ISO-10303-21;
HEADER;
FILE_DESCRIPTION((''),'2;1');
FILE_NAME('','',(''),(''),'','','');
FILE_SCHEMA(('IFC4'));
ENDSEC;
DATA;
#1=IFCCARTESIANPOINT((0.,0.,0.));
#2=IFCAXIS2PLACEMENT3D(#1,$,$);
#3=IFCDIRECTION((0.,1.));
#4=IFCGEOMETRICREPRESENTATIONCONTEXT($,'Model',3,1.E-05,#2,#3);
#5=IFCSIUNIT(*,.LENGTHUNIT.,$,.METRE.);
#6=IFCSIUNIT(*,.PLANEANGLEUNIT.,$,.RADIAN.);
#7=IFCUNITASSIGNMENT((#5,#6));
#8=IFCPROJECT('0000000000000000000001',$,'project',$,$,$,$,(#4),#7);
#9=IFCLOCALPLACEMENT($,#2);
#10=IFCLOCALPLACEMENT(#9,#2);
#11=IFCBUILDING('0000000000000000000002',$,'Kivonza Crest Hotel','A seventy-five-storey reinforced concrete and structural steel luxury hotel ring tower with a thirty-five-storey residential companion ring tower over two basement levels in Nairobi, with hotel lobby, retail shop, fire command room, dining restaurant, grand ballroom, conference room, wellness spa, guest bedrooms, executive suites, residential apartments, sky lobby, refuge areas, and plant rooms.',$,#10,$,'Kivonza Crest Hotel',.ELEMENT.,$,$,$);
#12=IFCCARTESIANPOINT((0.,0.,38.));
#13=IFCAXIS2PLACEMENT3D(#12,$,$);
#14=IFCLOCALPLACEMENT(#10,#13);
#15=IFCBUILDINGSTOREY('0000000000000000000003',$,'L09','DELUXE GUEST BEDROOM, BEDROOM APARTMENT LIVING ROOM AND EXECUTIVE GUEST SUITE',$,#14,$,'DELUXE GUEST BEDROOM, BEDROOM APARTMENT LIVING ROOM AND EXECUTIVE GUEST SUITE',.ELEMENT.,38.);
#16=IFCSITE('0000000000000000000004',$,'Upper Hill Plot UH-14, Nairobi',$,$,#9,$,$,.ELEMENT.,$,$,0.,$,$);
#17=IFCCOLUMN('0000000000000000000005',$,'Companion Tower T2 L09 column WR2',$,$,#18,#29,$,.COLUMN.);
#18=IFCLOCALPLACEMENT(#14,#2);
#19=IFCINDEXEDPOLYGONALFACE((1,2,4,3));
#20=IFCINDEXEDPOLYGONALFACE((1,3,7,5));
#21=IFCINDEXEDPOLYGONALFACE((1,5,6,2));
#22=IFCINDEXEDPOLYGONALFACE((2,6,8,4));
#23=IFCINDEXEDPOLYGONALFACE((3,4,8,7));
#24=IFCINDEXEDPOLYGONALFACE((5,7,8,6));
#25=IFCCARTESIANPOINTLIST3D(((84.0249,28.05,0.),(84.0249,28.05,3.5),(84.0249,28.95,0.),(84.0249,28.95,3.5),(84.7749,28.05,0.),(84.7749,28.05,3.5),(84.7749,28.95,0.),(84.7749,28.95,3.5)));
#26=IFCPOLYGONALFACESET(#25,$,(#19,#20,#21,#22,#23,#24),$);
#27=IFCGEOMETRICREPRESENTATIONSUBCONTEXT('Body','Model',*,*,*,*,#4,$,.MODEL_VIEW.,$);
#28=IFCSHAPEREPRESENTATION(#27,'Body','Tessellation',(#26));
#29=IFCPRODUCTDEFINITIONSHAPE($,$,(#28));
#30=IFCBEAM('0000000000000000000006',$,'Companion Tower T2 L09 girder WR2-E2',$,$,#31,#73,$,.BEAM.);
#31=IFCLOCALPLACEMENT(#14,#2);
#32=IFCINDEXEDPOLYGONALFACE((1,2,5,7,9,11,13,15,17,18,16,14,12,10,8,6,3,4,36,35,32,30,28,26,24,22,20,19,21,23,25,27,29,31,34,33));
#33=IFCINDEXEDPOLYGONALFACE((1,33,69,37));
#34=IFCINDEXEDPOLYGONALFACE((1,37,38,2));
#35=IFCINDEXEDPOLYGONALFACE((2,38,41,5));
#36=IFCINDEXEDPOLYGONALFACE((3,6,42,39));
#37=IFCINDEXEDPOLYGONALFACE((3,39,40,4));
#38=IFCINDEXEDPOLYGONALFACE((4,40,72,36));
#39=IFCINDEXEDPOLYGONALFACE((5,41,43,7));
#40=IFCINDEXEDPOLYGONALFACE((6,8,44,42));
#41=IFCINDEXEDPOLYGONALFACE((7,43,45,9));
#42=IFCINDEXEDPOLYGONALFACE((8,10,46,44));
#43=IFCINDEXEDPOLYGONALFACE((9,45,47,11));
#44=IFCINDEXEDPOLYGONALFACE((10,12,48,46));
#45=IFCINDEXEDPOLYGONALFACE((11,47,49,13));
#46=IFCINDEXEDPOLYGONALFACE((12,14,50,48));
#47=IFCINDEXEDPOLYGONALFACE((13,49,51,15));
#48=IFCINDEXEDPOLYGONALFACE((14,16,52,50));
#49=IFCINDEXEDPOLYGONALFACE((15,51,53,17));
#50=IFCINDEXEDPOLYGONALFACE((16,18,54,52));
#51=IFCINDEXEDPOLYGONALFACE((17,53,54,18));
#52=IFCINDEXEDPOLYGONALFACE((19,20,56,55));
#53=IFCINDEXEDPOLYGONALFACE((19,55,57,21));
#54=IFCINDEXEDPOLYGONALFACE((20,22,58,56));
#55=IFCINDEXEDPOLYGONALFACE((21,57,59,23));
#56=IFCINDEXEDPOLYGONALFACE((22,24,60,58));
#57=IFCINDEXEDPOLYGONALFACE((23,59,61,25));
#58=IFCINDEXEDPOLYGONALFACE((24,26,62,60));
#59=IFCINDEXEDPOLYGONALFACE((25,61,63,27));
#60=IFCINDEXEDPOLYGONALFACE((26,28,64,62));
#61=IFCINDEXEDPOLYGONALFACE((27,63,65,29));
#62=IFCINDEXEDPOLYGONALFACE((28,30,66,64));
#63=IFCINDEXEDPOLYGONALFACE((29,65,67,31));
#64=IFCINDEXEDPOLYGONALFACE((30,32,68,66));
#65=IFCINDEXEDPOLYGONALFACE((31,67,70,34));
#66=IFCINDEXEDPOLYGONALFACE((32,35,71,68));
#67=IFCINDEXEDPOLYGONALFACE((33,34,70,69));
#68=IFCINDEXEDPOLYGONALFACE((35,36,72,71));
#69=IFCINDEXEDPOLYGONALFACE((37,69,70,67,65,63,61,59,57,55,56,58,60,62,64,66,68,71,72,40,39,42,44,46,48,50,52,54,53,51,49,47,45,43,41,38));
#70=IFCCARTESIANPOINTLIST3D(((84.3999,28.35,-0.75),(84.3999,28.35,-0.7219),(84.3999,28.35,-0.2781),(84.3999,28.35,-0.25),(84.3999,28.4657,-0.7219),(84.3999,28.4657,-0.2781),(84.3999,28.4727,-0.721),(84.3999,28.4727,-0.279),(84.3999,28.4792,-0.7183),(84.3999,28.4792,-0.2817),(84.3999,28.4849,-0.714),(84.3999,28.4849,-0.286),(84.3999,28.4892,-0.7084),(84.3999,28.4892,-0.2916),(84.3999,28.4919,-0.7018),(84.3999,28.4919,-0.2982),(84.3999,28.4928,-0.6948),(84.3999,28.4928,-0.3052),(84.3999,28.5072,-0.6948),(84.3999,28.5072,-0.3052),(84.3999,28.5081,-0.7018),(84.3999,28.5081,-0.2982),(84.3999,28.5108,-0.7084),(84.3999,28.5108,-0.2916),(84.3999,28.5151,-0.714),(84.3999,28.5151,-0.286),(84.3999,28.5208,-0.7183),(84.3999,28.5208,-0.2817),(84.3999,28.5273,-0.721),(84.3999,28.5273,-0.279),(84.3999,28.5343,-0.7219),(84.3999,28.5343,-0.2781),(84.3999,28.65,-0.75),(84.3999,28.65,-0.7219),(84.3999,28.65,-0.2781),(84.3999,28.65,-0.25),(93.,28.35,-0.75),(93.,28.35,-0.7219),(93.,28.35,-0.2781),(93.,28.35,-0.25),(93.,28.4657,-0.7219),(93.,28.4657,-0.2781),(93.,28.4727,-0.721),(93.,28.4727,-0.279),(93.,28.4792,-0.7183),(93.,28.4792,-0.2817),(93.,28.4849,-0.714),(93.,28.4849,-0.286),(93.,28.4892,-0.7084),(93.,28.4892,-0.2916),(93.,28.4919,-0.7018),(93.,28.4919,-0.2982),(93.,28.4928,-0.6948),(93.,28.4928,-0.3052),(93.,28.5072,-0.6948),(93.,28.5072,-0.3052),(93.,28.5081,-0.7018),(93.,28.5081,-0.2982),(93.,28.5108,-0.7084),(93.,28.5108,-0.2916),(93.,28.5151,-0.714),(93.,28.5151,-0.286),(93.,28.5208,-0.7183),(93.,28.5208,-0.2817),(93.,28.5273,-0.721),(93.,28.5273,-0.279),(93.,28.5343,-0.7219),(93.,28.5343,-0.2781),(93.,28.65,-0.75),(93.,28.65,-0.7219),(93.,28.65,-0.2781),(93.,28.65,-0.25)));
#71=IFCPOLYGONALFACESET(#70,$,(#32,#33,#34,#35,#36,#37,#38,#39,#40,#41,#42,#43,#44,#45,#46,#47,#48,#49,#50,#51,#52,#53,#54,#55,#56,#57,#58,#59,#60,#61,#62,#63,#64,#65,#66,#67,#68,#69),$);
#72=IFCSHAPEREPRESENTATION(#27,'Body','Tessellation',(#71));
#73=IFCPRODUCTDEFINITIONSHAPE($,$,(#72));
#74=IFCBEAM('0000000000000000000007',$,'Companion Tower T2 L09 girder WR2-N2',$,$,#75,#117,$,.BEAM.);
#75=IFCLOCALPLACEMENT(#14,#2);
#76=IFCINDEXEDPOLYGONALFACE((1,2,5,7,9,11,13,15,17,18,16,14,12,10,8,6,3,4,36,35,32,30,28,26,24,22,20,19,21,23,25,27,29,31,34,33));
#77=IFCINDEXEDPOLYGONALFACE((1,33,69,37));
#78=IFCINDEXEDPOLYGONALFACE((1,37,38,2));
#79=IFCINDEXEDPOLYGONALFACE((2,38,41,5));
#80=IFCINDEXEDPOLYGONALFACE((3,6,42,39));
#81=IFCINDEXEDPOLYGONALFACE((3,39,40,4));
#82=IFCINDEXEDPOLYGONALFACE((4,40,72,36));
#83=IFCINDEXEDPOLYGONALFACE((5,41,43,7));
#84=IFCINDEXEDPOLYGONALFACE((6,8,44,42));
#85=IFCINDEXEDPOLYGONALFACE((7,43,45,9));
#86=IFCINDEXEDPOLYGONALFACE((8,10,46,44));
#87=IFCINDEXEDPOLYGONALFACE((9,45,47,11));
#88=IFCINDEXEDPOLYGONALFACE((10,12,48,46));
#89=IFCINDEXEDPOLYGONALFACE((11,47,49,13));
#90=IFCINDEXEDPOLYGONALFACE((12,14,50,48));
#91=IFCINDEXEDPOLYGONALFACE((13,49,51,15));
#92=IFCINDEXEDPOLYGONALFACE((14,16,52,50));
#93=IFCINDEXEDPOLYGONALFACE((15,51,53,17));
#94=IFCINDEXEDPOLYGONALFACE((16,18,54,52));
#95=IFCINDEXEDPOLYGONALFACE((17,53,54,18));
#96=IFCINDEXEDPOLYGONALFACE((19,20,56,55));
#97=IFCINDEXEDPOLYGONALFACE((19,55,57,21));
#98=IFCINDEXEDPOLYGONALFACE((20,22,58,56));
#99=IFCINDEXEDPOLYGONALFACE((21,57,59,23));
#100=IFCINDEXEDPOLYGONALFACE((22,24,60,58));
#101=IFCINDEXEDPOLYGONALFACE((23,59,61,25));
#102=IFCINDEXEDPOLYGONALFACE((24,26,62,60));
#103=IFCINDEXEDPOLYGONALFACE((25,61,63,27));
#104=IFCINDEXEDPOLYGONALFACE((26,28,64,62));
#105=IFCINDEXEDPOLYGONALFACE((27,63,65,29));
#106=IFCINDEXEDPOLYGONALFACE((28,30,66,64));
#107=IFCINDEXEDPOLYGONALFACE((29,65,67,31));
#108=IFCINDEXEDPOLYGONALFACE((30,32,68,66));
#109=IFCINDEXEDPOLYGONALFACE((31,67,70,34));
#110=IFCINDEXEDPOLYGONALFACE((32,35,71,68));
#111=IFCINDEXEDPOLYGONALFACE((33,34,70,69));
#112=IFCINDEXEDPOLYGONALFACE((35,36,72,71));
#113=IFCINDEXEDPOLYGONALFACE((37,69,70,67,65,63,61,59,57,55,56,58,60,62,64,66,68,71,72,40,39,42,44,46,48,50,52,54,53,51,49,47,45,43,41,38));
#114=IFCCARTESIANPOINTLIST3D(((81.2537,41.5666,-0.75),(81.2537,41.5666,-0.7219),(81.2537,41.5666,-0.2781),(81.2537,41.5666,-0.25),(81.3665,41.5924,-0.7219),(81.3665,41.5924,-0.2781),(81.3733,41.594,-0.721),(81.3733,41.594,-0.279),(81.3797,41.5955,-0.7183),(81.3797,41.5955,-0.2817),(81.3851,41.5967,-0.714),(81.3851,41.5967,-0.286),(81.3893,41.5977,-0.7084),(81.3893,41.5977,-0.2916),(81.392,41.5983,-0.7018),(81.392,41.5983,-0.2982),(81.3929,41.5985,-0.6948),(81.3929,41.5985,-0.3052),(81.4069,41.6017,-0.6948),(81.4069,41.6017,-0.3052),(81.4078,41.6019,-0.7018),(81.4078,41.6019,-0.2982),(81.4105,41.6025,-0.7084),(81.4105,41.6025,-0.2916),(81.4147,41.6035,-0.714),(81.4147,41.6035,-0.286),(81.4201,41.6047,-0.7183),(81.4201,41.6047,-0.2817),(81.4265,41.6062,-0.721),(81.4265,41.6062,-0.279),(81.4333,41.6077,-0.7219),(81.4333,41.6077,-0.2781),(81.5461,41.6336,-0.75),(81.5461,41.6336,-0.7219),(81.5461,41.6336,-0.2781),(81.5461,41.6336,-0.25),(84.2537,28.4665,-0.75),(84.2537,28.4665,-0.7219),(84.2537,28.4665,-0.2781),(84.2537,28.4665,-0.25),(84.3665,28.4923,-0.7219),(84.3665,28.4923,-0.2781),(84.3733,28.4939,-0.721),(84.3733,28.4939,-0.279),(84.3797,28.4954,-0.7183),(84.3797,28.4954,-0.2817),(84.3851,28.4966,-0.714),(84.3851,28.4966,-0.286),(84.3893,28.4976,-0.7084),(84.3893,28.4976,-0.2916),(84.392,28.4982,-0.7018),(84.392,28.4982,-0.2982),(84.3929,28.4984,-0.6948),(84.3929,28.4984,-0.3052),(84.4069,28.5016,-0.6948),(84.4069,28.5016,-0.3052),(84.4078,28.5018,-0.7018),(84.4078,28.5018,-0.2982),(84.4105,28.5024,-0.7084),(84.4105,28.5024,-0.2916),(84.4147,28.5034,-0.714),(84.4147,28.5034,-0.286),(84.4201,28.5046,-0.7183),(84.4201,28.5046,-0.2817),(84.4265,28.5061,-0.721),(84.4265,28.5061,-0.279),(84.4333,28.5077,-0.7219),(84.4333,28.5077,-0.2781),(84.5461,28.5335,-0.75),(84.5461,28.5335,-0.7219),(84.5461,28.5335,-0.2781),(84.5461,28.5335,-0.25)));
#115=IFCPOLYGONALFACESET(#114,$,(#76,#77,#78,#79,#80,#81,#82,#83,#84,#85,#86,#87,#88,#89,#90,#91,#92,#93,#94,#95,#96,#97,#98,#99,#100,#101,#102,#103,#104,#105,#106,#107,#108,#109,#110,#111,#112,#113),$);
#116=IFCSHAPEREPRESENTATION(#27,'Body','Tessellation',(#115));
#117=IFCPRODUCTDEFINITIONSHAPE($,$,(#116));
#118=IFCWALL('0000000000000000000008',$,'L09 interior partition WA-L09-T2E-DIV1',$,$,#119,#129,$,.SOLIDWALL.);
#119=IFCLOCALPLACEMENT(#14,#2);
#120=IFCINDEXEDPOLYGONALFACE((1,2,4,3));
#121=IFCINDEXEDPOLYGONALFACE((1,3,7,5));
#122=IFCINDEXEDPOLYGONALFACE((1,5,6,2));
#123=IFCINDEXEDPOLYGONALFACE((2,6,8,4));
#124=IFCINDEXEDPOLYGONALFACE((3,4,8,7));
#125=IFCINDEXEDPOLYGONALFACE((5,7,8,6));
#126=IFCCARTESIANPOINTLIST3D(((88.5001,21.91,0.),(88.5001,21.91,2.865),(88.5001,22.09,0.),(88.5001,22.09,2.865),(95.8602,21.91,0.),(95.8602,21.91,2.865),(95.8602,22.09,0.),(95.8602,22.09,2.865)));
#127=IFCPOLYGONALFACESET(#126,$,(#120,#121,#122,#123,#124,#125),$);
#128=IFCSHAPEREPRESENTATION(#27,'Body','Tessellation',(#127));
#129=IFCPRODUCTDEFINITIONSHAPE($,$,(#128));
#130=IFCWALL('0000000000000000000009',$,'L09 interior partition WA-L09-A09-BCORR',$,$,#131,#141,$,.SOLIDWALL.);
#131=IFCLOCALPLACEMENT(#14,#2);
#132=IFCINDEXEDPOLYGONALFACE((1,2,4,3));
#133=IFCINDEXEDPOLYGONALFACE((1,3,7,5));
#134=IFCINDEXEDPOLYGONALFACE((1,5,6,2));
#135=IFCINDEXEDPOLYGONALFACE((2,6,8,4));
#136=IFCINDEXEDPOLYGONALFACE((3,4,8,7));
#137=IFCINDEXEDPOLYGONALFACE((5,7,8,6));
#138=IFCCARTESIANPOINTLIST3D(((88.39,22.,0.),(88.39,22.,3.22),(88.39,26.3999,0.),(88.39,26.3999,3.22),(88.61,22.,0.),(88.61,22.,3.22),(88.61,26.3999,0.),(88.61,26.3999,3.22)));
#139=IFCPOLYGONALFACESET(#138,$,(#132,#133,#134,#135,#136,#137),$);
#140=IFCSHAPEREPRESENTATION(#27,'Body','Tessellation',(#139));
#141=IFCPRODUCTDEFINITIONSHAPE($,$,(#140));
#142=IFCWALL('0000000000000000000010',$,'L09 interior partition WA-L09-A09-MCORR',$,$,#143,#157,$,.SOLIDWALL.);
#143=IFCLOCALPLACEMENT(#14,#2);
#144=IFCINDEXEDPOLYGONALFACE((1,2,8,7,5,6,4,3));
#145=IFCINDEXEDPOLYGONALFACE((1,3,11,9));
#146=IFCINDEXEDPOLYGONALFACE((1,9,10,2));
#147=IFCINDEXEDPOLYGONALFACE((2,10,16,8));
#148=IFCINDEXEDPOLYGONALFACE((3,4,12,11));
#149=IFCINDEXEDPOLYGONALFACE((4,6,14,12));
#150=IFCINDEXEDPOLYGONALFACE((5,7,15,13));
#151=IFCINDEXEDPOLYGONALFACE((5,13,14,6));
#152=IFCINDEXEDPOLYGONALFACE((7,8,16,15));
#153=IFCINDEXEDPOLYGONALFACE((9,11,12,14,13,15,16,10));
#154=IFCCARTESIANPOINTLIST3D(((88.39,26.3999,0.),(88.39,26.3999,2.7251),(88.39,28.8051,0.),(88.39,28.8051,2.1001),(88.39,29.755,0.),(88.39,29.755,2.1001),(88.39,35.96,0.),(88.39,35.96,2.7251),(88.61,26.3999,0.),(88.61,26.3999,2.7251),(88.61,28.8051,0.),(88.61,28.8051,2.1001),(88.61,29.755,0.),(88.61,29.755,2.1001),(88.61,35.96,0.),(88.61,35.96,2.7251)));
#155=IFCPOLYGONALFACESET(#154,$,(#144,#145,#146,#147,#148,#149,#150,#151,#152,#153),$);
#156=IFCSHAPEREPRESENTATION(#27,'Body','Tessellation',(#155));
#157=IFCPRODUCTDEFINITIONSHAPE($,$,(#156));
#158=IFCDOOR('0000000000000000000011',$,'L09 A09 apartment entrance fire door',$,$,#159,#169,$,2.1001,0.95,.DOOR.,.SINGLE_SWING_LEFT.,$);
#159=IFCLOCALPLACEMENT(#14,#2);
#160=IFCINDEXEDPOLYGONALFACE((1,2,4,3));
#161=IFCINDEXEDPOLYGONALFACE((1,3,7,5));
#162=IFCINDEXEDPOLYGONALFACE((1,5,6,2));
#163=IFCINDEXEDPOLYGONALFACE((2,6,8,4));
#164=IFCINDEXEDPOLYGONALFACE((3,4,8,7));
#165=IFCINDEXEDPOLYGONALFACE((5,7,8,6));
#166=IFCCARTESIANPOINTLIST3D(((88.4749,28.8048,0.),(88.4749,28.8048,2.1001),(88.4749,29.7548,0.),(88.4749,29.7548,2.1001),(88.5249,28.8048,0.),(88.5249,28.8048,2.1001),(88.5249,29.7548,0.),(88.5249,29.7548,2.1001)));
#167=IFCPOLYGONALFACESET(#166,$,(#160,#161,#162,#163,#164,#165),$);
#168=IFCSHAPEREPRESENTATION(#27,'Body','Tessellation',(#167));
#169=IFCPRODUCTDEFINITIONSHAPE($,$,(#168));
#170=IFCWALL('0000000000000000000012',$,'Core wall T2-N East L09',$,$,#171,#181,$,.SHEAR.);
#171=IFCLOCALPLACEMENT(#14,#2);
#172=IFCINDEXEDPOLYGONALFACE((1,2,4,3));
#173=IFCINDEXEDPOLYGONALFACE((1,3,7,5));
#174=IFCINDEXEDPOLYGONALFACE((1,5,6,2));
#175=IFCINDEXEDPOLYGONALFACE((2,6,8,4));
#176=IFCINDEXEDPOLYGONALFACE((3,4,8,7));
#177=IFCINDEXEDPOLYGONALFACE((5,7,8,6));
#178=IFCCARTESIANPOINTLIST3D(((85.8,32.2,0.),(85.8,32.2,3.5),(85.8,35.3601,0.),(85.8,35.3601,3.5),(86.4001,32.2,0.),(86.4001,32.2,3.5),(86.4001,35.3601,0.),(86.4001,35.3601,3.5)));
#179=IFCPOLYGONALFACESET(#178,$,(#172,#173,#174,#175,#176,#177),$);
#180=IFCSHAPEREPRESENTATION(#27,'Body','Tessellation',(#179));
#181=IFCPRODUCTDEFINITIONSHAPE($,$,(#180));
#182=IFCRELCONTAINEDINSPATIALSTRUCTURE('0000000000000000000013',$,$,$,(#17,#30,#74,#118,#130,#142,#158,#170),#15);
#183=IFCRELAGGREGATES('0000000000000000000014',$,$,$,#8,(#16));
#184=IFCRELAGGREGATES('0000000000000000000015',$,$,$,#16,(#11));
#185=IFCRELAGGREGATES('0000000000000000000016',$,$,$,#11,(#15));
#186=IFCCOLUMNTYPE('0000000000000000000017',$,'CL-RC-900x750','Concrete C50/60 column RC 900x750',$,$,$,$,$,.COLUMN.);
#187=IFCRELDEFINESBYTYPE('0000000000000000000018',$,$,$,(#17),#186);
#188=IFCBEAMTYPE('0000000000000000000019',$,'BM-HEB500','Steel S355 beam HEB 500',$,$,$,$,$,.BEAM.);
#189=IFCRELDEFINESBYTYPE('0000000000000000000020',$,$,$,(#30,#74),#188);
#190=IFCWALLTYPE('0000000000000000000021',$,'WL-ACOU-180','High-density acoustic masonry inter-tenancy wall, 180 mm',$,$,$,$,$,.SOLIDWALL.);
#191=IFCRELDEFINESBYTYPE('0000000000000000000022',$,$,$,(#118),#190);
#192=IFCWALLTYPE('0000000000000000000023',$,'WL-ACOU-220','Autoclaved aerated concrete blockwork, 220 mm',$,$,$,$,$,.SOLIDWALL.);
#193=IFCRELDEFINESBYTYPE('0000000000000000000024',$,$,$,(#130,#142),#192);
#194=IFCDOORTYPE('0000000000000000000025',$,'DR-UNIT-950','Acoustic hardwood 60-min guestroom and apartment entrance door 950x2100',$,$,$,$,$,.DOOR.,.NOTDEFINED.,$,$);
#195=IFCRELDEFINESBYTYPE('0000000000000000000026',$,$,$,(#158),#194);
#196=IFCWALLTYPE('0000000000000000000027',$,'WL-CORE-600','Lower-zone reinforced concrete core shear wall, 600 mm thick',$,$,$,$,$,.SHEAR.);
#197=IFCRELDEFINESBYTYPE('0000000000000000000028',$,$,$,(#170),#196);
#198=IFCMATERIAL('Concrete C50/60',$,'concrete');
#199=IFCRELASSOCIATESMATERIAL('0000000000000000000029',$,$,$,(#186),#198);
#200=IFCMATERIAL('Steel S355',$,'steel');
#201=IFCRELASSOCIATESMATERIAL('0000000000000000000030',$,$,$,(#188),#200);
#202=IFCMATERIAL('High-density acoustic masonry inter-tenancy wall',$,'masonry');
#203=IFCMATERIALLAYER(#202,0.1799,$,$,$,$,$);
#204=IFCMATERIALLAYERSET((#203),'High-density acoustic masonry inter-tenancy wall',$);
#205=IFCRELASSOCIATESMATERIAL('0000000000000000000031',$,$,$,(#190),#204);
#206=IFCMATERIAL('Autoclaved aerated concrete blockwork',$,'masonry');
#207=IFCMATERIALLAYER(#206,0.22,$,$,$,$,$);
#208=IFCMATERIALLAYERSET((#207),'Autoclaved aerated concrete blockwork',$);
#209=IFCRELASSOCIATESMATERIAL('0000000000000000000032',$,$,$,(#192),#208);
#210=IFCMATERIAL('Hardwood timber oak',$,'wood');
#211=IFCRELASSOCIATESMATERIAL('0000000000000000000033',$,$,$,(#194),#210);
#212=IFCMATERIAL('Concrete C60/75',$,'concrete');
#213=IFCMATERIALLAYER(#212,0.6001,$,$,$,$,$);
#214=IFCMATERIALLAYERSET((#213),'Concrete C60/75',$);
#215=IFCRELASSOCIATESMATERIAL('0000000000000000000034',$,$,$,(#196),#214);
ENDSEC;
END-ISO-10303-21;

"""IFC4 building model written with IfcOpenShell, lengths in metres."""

from ifc_helpers import new_model, si_unit, direction, frame, frame_2d, origin, origin_2d, place, context, subcontext, project, spatial, rectangle, i_section, extrude, material, layer, layer_set, material_profile, profile_set, type_object, element, fill, save


model = new_model("IFC4")

# Units and contexts
model_context = context("Model", 3, precision=1e-05, world=origin(), true_north=direction((0.0, 1.0)))
body_context = subcontext(model_context, "Body", "Model", "MODEL_VIEW")
ifc_project = project(units=[si_unit("LENGTHUNIT", "METRE"), si_unit("PLANEANGLEUNIT", "RADIAN")], contexts=[model_context])

# Site, building, storey
site_placement = place(None, origin())
site = spatial("IfcSite", under=ifc_project, at=site_placement, Name="Upper Hill Plot UH-14, Nairobi", CompositionType="ELEMENT", RefElevation=0.0)
building_placement = place(site_placement, origin())
building = spatial("IfcBuilding", under=site, at=building_placement, Name="Kivonza Crest Hotel", Description="A seventy-five-storey reinforced concrete and structural steel luxury hotel ring tower with a thirty-five-storey residential companion ring tower over two basement levels in Nairobi, with hotel lobby, retail shop, fire command room, dining restaurant, grand ballroom, conference room, wellness spa, guest bedrooms, executive suites, residential apartments, sky lobby, refuge areas, and plant rooms.", LongName="Kivonza Crest Hotel", CompositionType="ELEMENT")
storey_placement = place(building_placement, frame((0.0, 0.0, 38.0)))
storey = spatial("IfcBuildingStorey", under=building, at=storey_placement, Name="L09", Description="DELUXE GUEST BEDROOM, BEDROOM APARTMENT LIVING ROOM AND EXECUTIVE GUEST SUITE", LongName="DELUXE GUEST BEDROOM, BEDROOM APARTMENT LIVING ROOM AND EXECUTIVE GUEST SUITE", CompositionType="ELEMENT", Elevation=38.0)

# Column
ifc_material_1 = material(Name="Concrete C50/60", Category="concrete")
ifc_material_profile_1 = material_profile(ifc_material_1, rectangle(XDim=0.75, YDim=0.8999, at=origin_2d()), Name="RC 900x750")
ifc_profile_set_1 = profile_set([ifc_material_profile_1], Name="Concrete C50/60")
column_type = type_object("IfcColumnType", Name="CL-RC-900x750", Description="Concrete C50/60 column RC 900x750", PredefinedType="COLUMN", material=ifc_profile_set_1)
column_placement = place(storey_placement, frame((84.3999, 28.5, 0.0), z_axis=(0.0, 0.0, 1.0), x_axis=(1.0, 0.0, 0.0)))
element("IfcColumn", 1, at=column_placement, inside=storey, type_object=column_type, Name="Companion Tower T2 L09 column WR2", PredefinedType="COLUMN", context=body_context, shape_type="SweptSolid", body=[
    extrude(rectangle(XDim=0.75, YDim=0.8999, at=origin_2d()), origin(), (0.0, 0.0, 1.0), 3.5),
])

# Beams
ifc_material_2 = material(Name="Steel S355", Category="steel")
ifc_material_profile_2 = material_profile(ifc_material_2, i_section(OverallWidth=0.3, OverallDepth=0.5, WebThickness=0.0144, FlangeThickness=0.0281, FilletRadius=0.0271, at=origin_2d()), Name="HEB 500")
ifc_profile_set_2 = profile_set([ifc_material_profile_2], Name="Steel S355")
beam_type = type_object("IfcBeamType", Name="BM-HEB500", Description="Steel S355 beam HEB 500", PredefinedType="BEAM", material=ifc_profile_set_2)
beam_1_placement = place(storey_placement, frame((84.3999, 28.5, -0.5), z_axis=(1.0, 0.0, 0.0), x_axis=(0.0, 1.0, 0.0)))
element("IfcBeam", 2, at=beam_1_placement, inside=storey, type_object=beam_type, Name="Companion Tower T2 L09 girder WR2-E2", PredefinedType="BEAM", context=body_context, shape_type="SweptSolid", body=[
    extrude(i_section(OverallWidth=0.3, OverallDepth=0.5, WebThickness=0.0144, FlangeThickness=0.0281, FilletRadius=0.0271, at=origin_2d()), origin(), (0.0, 0.0, 1.0), 8.6001),
])
beam_2_placement = place(storey_placement, frame((84.3999, 28.5, -0.5), z_axis=(-0.223227, 0.974766, 0.0), x_axis=(-0.974766, -0.223227, 0.0)))
element("IfcBeam", 3, at=beam_2_placement, inside=storey, type_object=beam_type, Name="Companion Tower T2 L09 girder WR2-N2", PredefinedType="BEAM", context=body_context, shape_type="SweptSolid", body=[
    extrude(i_section(OverallWidth=0.3, OverallDepth=0.5, WebThickness=0.0144, FlangeThickness=0.0281, FilletRadius=0.0271, at=origin_2d()), origin(), (0.0, 0.0, 1.0), 13.4392),
])

# Walls
ifc_material_3 = material(Name="High-density acoustic masonry inter-tenancy wall", Category="masonry")
ifc_layer_1 = layer(ifc_material_3, 0.1799)
ifc_layer_set_1 = layer_set([ifc_layer_1], Name="High-density acoustic masonry inter-tenancy wall")
wall_type_1 = type_object("IfcWallType", Name="WL-ACOU-180", Description="High-density acoustic masonry inter-tenancy wall, 180 mm", PredefinedType="SOLIDWALL", material=ifc_layer_set_1)
wall_1_placement = place(storey_placement, frame((88.5, 22.0, 0.0), z_axis=(0.0, 0.0, 1.0), x_axis=(1.0, 0.0, 0.0)))
element("IfcWall", 4, at=wall_1_placement, inside=storey, type_object=wall_type_1, Name="L09 interior partition WA-L09-T2E-DIV1", PredefinedType="SOLIDWALL", context=body_context, shape_type="SweptSolid", body=[
    extrude(rectangle(XDim=7.3601, YDim=0.1799, at=frame_2d((3.6802, 0.0))), origin(), (0.0, 0.0, 1.0), 2.865),
])
ifc_material_4 = material(Name="Autoclaved aerated concrete blockwork", Category="masonry")
ifc_layer_2 = layer(ifc_material_4, 0.22)
ifc_layer_set_2 = layer_set([ifc_layer_2], Name="Autoclaved aerated concrete blockwork")
wall_type_2 = type_object("IfcWallType", Name="WL-ACOU-220", Description="Autoclaved aerated concrete blockwork, 220 mm", PredefinedType="SOLIDWALL", material=ifc_layer_set_2)
wall_2_placement = place(storey_placement, frame((88.5, 22.0, 0.0), z_axis=(0.0, 0.0, 1.0), x_axis=(0.0, 1.0, 0.0)))
element("IfcWall", 5, at=wall_2_placement, inside=storey, type_object=wall_type_2, Name="L09 interior partition WA-L09-A09-BCORR", PredefinedType="SOLIDWALL", context=body_context, shape_type="SweptSolid", body=[
    extrude(rectangle(XDim=4.3999, YDim=0.22, at=frame_2d((2.2, 0.0))), origin(), (0.0, 0.0, 1.0), 3.22),
])

# Wall, opening, door
wall_3_placement = place(storey_placement, frame((88.5, 26.3999, 0.0), z_axis=(0.0, 0.0, 1.0), x_axis=(0.0, 1.0, 0.0)))
wall_3 = element("IfcWall", 6, at=wall_3_placement, inside=storey, type_object=wall_type_2, Name="L09 interior partition WA-L09-A09-MCORR", PredefinedType="SOLIDWALL", context=body_context, shape_type="SweptSolid", body=[
    extrude(rectangle(XDim=9.5601, YDim=0.22, at=frame_2d((4.78, 0.0))), origin(), (0.0, 0.0, 1.0), 2.7251),
])
opening_1_placement = place(wall_3_placement, frame((2.405, 0.0, 0.0)))
opening_1 = element("IfcOpeningElement", 7, at=opening_1_placement, cuts=wall_3, PredefinedType="OPENING", context=body_context, shape_type="SweptSolid", body=[
    extrude(rectangle(XDim=0.95, YDim=2.1001, at=frame_2d((0.4751, 1.05))), frame((0.0, 0.1201, 0.0), z_axis=(0.0, -1.0, 0.0), x_axis=(1.0, 0.0, 0.0)), (0.0, 0.0, 1.0), 0.24),
])
ifc_material_5 = material(Name="Hardwood timber oak", Category="wood")
door_type_1 = type_object("IfcDoorType", Name="DR-UNIT-950", Description="Acoustic hardwood 60-min guestroom and apartment entrance door 950x2100", OperationType="NOTDEFINED", PredefinedType="DOOR", material=ifc_material_5)
door_1_placement = place(opening_1_placement, frame((0.95, 0.0, 0.0), z_axis=(0.0, 0.0, 1.0), x_axis=(-1.0, 0.0, 0.0)))
door_1 = element("IfcDoor", 8, at=door_1_placement, inside=storey, type_object=door_type_1, Name="L09 A09 apartment entrance fire door", OperationType="SINGLE_SWING_LEFT", OverallHeight=2.1001, OverallWidth=0.95, PredefinedType="DOOR", context=body_context, shape_type="SweptSolid", body=[
    extrude(rectangle(XDim=0.95, YDim=2.1001, at=frame_2d((0.4751, 1.05))), frame((0.0, 0.0249, 0.0), z_axis=(0.0, -1.0, 0.0), x_axis=(1.0, 0.0, 0.0)), (0.0, 0.0, 1.0), 0.05),
])
fill(opening_1, door_1)

# Wall
ifc_material_6 = material(Name="Concrete C60/75", Category="concrete")
ifc_layer_3 = layer(ifc_material_6, 0.6001)
ifc_layer_set_3 = layer_set([ifc_layer_3], Name="Concrete C60/75")
wall_type_3 = type_object("IfcWallType", Name="WL-CORE-600", Description="Lower-zone reinforced concrete core shear wall, 600 mm thick", PredefinedType="SHEAR", material=ifc_layer_set_3)
wall_4_placement = place(storey_placement, frame((86.1001, 32.2, 0.0), z_axis=(0.0, 0.0, 1.0), x_axis=(0.0, 1.0, 0.0)))
element("IfcWall", 9, at=wall_4_placement, inside=storey, type_object=wall_type_3, Name="Core wall T2-N East L09", PredefinedType="SHEAR", context=body_context, shape_type="SweptSolid", body=[
    extrude(rectangle(XDim=3.1602, YDim=0.6001, at=frame_2d((1.5801, 0.0))), origin(), (0.0, 0.0, 1.0), 3.5),
])

save(model, "model.ifc")
